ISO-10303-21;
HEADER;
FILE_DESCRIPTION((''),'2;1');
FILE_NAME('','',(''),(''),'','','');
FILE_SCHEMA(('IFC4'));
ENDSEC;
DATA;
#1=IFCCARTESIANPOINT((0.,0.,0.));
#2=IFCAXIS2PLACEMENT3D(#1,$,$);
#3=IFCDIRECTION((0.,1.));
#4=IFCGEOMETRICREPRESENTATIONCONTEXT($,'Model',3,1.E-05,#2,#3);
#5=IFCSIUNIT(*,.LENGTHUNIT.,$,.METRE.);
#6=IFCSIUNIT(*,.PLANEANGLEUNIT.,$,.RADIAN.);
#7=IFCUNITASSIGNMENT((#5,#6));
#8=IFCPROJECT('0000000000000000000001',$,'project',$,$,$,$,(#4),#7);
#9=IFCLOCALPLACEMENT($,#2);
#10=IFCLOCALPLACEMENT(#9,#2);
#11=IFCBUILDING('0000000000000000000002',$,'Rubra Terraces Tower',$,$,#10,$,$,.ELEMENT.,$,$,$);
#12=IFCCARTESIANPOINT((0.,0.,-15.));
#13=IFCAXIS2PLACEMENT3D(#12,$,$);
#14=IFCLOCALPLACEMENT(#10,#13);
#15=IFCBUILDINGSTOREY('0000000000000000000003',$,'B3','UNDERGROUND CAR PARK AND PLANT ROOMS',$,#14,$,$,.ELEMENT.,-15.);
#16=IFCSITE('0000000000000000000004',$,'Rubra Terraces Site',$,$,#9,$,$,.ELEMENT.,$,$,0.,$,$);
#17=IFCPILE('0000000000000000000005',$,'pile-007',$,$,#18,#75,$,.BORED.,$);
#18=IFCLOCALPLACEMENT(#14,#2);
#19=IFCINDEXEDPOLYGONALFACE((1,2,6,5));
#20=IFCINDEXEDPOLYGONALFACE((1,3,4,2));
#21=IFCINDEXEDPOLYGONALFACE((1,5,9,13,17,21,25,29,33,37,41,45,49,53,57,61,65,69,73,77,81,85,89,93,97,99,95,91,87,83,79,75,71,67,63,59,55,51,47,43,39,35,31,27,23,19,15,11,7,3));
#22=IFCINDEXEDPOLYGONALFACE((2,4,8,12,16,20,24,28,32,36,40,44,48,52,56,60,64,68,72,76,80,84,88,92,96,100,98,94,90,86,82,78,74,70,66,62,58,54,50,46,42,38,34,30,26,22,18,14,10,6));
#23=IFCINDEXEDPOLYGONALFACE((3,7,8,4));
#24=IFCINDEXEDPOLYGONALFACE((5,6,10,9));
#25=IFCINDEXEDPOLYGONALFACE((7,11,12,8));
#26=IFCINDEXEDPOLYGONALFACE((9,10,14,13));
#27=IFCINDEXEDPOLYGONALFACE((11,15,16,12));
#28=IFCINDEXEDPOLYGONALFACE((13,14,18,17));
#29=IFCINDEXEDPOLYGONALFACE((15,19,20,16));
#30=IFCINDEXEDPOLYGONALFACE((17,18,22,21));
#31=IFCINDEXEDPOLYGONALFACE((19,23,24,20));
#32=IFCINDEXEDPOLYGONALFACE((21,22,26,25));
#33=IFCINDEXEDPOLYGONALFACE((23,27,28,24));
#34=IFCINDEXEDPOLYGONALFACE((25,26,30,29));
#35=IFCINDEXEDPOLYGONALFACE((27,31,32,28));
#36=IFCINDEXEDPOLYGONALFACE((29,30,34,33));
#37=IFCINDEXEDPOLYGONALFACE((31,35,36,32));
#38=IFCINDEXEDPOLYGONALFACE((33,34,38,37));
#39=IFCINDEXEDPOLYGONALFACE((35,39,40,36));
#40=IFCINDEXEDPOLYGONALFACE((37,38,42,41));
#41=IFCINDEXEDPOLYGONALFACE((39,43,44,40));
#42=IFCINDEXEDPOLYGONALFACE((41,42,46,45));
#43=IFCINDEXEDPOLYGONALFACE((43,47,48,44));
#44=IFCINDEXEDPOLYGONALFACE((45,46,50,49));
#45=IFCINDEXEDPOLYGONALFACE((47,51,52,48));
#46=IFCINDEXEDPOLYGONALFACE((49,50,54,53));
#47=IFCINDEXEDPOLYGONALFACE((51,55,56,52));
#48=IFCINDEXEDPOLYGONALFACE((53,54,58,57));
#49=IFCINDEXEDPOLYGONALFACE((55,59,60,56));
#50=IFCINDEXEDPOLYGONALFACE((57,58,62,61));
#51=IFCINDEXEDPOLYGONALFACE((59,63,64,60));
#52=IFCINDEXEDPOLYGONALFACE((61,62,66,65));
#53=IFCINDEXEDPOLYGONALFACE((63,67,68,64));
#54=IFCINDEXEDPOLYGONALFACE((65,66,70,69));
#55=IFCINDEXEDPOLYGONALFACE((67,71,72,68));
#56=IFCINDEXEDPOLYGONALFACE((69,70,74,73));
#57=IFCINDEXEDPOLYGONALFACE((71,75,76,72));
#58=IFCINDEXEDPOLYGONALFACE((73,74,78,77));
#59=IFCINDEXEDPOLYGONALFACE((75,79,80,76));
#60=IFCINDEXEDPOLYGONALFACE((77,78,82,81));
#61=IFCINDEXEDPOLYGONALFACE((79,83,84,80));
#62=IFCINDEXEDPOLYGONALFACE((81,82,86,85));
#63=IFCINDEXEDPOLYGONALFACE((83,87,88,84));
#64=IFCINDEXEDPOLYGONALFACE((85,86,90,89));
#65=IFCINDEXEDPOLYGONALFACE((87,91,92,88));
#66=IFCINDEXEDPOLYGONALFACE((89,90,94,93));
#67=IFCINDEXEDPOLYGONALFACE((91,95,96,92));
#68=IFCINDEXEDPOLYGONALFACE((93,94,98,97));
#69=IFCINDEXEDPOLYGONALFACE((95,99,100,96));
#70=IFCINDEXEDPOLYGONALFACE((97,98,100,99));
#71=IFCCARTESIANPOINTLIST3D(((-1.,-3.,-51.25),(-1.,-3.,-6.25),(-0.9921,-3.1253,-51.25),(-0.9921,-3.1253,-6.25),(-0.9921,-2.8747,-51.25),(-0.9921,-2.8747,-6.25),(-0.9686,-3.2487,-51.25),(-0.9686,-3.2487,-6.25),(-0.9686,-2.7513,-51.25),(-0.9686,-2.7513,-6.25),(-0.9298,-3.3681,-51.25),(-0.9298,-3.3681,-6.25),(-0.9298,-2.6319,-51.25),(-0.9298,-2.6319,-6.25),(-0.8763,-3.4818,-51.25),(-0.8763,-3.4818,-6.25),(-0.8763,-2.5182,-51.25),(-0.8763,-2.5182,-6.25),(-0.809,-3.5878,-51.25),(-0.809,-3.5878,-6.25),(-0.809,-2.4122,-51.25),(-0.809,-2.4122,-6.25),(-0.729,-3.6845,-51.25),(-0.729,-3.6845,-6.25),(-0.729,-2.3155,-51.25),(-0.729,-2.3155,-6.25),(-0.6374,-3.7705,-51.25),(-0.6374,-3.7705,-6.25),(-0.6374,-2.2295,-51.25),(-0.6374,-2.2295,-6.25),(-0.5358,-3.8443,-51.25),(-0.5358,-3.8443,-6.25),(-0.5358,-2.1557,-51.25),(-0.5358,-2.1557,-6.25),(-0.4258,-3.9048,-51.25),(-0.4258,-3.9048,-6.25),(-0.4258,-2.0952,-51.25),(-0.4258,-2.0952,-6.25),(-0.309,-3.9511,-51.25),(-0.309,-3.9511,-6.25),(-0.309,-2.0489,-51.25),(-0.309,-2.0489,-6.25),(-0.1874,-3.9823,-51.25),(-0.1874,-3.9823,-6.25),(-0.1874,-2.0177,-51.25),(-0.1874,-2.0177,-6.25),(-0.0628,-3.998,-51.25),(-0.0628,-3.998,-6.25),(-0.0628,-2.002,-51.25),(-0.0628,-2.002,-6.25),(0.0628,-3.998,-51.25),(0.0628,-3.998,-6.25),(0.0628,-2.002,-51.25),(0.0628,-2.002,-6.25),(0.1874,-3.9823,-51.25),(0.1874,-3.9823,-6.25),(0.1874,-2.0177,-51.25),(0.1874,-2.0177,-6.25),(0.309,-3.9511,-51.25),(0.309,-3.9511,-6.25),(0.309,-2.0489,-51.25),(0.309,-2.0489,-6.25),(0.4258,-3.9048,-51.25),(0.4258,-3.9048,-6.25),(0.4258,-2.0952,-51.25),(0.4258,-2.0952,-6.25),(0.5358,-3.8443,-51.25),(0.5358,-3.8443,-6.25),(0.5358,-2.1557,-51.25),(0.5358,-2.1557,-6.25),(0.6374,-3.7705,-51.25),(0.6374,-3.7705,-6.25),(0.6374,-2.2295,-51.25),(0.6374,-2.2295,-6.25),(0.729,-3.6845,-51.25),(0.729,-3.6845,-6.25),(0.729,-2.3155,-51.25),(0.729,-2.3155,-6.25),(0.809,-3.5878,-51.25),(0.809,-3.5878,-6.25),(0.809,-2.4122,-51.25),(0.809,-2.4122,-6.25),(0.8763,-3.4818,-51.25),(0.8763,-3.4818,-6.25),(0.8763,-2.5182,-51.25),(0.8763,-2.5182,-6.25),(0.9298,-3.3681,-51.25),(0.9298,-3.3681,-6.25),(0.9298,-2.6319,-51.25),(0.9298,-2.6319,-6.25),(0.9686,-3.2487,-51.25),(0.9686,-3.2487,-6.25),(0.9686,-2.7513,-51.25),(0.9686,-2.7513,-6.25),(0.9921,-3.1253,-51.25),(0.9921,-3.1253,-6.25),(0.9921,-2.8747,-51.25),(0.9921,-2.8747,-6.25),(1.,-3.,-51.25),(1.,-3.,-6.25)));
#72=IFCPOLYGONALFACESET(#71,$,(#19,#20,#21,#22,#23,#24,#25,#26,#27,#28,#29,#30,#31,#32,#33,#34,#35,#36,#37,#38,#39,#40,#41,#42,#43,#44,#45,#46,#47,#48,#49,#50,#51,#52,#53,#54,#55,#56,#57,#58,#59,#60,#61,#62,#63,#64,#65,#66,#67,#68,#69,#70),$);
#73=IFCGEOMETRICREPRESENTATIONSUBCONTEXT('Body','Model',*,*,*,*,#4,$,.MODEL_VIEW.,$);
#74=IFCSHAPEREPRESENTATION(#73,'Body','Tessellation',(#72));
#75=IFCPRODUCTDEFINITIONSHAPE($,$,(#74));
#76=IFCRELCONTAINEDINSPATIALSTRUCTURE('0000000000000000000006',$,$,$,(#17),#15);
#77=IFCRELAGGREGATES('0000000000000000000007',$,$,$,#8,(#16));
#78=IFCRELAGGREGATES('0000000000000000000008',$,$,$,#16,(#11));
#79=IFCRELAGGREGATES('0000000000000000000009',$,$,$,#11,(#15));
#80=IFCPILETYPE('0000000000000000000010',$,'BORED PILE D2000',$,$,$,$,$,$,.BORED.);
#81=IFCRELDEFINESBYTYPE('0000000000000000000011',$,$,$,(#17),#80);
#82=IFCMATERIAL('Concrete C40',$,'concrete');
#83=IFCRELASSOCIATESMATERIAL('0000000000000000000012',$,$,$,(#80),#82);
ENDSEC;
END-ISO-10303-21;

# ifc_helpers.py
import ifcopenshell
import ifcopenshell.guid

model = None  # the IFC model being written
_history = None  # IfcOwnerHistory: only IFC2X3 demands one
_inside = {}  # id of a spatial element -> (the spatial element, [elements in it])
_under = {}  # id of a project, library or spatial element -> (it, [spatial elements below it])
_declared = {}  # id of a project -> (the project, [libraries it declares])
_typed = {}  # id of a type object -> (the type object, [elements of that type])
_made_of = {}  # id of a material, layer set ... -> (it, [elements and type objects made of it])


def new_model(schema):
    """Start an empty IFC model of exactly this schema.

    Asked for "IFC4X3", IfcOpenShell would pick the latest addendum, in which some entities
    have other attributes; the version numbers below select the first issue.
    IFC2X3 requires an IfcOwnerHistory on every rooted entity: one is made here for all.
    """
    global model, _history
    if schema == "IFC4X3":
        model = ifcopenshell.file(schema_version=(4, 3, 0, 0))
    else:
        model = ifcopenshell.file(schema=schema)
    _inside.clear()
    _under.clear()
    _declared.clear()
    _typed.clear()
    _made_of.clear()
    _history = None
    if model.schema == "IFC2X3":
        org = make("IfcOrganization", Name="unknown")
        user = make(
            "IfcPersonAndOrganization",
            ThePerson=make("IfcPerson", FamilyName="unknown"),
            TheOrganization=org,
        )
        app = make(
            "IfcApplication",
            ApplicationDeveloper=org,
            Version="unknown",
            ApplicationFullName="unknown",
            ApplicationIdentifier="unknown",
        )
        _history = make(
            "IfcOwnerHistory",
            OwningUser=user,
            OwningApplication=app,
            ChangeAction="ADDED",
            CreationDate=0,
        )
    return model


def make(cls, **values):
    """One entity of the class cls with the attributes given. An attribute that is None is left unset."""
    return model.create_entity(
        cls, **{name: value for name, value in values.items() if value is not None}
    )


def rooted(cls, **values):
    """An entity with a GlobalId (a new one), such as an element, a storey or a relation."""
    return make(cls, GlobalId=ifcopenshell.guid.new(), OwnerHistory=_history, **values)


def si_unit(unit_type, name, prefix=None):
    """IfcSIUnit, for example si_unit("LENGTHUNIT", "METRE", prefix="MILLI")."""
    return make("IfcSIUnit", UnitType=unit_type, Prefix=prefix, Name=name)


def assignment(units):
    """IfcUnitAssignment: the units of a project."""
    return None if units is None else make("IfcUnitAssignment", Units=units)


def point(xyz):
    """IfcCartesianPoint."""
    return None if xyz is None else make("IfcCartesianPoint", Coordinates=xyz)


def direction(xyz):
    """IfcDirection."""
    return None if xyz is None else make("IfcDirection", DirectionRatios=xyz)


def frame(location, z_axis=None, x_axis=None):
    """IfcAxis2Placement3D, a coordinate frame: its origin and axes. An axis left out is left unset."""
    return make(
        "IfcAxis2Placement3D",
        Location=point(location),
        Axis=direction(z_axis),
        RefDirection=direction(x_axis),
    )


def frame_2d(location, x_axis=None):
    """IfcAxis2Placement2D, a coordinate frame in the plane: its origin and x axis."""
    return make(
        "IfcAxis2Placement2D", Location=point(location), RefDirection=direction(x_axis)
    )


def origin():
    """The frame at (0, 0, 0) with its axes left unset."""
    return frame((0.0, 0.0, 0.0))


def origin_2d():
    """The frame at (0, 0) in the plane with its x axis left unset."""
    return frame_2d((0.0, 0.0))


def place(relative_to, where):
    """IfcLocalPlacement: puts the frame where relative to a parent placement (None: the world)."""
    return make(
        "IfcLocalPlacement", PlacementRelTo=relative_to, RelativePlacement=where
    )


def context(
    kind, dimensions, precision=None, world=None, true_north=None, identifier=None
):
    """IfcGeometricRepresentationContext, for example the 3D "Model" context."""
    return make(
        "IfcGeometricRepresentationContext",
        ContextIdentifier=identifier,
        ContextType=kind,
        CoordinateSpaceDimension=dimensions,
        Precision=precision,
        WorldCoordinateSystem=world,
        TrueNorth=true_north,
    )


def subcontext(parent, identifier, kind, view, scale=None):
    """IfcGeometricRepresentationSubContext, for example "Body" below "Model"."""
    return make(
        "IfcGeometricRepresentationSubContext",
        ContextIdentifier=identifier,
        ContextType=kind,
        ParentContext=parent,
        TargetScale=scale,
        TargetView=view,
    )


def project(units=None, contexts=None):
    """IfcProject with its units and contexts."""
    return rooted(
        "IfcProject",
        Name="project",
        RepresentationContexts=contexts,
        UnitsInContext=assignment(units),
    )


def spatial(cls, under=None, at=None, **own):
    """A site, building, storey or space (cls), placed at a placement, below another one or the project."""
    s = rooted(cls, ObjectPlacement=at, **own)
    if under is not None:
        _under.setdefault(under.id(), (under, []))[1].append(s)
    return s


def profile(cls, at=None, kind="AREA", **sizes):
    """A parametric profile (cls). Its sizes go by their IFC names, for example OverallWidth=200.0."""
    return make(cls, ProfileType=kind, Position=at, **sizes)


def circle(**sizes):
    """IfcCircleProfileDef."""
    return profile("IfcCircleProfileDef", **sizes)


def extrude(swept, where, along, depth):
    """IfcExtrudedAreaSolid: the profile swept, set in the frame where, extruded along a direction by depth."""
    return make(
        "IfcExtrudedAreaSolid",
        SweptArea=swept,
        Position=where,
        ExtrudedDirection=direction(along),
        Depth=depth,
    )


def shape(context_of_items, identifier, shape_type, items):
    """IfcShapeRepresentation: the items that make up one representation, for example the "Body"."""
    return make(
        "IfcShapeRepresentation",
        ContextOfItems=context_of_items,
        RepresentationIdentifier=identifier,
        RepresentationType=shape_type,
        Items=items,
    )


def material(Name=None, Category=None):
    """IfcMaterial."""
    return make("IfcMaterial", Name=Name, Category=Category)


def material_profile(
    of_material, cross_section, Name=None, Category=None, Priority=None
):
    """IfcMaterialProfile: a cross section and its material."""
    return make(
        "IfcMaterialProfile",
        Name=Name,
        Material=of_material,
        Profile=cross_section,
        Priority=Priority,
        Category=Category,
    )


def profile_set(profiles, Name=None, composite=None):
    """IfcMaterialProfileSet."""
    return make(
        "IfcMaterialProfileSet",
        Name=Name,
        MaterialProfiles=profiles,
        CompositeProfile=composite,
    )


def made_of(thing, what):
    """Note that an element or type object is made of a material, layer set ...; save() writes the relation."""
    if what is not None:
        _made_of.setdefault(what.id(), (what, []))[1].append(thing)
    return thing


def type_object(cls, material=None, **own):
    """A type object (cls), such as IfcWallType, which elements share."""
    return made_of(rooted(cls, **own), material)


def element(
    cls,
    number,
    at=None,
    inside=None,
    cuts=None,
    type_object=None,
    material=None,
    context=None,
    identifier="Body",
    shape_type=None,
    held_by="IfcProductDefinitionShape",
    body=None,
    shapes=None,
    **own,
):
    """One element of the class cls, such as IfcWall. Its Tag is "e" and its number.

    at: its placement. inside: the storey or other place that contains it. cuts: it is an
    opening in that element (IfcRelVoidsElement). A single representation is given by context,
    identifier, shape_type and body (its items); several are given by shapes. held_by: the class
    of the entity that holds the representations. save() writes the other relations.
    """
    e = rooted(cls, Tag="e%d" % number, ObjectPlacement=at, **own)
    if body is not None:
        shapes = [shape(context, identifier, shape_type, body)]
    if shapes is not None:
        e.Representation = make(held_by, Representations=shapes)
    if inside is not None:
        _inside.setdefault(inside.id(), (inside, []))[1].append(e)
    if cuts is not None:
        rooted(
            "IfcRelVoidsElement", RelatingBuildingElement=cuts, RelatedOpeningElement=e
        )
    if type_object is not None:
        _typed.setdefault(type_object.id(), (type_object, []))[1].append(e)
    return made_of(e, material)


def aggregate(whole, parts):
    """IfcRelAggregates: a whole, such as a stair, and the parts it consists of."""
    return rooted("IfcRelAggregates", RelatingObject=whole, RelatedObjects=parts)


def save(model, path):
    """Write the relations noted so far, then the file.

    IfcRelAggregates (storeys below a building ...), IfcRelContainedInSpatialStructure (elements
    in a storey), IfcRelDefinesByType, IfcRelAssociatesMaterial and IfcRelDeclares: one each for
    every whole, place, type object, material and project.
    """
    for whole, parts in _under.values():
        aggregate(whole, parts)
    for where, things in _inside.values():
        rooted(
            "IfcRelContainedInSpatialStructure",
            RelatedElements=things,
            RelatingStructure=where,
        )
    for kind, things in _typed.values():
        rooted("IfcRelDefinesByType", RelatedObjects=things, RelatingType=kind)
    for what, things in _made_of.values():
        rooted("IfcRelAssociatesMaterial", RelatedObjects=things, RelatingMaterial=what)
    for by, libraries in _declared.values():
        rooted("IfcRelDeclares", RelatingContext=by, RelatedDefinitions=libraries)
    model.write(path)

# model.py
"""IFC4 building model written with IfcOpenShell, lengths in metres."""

from ifc_helpers import new_model, si_unit, direction, frame, origin, origin_2d, place, context, subcontext, project, spatial, circle, extrude, material, material_profile, profile_set, type_object, element, save


model = new_model("IFC4")

# Units and contexts
model_context = context("Model", 3, precision=1e-05, world=origin(), true_north=direction((0.0, 1.0)))
body_context = subcontext(model_context, "Body", "Model", "MODEL_VIEW")
ifc_project = project(units=[si_unit("LENGTHUNIT", "METRE"), si_unit("PLANEANGLEUNIT", "RADIAN")], contexts=[model_context])

# Site, building, storey
site_placement = place(None, origin())
site = spatial("IfcSite", under=ifc_project, at=site_placement, Name="Rubra Terraces Site", CompositionType="ELEMENT", RefElevation=0.0)
building_placement = place(site_placement, origin())
building = spatial("IfcBuilding", under=site, at=building_placement, Name="Rubra Terraces Tower", CompositionType="ELEMENT")
storey_placement = place(building_placement, frame((0.0, 0.0, -15.0)))
storey = spatial("IfcBuildingStorey", under=building, at=storey_placement, Name="B3", Description="UNDERGROUND CAR PARK AND PLANT ROOMS", CompositionType="ELEMENT", Elevation=-15.0)

# Pile
ifc_material_1 = material(Name="Concrete C40", Category="concrete")
ifc_material_profile = material_profile(ifc_material_1, circle(Radius=1.0, at=origin_2d()), Name="BORED PILE D2000")
ifc_profile_set = profile_set([ifc_material_profile], Name="Concrete C40")
pile_type = type_object("IfcPileType", Name="BORED PILE D2000", PredefinedType="BORED", material=ifc_profile_set)
pile_placement = place(storey_placement, frame((0.0, -3.0, -6.25), z_axis=(0.0, 0.0, -1.0), x_axis=(1.0, 0.0, 0.0)))
element("IfcPile", 1, at=pile_placement, inside=storey, type_object=pile_type, Name="pile-007", PredefinedType="BORED", context=body_context, shape_type="SweptSolid", body=[
    extrude(circle(Radius=1.0, at=origin_2d()), origin(), (0.0, 0.0, 1.0), 45.0),
])

save(model, "model.ifc")
